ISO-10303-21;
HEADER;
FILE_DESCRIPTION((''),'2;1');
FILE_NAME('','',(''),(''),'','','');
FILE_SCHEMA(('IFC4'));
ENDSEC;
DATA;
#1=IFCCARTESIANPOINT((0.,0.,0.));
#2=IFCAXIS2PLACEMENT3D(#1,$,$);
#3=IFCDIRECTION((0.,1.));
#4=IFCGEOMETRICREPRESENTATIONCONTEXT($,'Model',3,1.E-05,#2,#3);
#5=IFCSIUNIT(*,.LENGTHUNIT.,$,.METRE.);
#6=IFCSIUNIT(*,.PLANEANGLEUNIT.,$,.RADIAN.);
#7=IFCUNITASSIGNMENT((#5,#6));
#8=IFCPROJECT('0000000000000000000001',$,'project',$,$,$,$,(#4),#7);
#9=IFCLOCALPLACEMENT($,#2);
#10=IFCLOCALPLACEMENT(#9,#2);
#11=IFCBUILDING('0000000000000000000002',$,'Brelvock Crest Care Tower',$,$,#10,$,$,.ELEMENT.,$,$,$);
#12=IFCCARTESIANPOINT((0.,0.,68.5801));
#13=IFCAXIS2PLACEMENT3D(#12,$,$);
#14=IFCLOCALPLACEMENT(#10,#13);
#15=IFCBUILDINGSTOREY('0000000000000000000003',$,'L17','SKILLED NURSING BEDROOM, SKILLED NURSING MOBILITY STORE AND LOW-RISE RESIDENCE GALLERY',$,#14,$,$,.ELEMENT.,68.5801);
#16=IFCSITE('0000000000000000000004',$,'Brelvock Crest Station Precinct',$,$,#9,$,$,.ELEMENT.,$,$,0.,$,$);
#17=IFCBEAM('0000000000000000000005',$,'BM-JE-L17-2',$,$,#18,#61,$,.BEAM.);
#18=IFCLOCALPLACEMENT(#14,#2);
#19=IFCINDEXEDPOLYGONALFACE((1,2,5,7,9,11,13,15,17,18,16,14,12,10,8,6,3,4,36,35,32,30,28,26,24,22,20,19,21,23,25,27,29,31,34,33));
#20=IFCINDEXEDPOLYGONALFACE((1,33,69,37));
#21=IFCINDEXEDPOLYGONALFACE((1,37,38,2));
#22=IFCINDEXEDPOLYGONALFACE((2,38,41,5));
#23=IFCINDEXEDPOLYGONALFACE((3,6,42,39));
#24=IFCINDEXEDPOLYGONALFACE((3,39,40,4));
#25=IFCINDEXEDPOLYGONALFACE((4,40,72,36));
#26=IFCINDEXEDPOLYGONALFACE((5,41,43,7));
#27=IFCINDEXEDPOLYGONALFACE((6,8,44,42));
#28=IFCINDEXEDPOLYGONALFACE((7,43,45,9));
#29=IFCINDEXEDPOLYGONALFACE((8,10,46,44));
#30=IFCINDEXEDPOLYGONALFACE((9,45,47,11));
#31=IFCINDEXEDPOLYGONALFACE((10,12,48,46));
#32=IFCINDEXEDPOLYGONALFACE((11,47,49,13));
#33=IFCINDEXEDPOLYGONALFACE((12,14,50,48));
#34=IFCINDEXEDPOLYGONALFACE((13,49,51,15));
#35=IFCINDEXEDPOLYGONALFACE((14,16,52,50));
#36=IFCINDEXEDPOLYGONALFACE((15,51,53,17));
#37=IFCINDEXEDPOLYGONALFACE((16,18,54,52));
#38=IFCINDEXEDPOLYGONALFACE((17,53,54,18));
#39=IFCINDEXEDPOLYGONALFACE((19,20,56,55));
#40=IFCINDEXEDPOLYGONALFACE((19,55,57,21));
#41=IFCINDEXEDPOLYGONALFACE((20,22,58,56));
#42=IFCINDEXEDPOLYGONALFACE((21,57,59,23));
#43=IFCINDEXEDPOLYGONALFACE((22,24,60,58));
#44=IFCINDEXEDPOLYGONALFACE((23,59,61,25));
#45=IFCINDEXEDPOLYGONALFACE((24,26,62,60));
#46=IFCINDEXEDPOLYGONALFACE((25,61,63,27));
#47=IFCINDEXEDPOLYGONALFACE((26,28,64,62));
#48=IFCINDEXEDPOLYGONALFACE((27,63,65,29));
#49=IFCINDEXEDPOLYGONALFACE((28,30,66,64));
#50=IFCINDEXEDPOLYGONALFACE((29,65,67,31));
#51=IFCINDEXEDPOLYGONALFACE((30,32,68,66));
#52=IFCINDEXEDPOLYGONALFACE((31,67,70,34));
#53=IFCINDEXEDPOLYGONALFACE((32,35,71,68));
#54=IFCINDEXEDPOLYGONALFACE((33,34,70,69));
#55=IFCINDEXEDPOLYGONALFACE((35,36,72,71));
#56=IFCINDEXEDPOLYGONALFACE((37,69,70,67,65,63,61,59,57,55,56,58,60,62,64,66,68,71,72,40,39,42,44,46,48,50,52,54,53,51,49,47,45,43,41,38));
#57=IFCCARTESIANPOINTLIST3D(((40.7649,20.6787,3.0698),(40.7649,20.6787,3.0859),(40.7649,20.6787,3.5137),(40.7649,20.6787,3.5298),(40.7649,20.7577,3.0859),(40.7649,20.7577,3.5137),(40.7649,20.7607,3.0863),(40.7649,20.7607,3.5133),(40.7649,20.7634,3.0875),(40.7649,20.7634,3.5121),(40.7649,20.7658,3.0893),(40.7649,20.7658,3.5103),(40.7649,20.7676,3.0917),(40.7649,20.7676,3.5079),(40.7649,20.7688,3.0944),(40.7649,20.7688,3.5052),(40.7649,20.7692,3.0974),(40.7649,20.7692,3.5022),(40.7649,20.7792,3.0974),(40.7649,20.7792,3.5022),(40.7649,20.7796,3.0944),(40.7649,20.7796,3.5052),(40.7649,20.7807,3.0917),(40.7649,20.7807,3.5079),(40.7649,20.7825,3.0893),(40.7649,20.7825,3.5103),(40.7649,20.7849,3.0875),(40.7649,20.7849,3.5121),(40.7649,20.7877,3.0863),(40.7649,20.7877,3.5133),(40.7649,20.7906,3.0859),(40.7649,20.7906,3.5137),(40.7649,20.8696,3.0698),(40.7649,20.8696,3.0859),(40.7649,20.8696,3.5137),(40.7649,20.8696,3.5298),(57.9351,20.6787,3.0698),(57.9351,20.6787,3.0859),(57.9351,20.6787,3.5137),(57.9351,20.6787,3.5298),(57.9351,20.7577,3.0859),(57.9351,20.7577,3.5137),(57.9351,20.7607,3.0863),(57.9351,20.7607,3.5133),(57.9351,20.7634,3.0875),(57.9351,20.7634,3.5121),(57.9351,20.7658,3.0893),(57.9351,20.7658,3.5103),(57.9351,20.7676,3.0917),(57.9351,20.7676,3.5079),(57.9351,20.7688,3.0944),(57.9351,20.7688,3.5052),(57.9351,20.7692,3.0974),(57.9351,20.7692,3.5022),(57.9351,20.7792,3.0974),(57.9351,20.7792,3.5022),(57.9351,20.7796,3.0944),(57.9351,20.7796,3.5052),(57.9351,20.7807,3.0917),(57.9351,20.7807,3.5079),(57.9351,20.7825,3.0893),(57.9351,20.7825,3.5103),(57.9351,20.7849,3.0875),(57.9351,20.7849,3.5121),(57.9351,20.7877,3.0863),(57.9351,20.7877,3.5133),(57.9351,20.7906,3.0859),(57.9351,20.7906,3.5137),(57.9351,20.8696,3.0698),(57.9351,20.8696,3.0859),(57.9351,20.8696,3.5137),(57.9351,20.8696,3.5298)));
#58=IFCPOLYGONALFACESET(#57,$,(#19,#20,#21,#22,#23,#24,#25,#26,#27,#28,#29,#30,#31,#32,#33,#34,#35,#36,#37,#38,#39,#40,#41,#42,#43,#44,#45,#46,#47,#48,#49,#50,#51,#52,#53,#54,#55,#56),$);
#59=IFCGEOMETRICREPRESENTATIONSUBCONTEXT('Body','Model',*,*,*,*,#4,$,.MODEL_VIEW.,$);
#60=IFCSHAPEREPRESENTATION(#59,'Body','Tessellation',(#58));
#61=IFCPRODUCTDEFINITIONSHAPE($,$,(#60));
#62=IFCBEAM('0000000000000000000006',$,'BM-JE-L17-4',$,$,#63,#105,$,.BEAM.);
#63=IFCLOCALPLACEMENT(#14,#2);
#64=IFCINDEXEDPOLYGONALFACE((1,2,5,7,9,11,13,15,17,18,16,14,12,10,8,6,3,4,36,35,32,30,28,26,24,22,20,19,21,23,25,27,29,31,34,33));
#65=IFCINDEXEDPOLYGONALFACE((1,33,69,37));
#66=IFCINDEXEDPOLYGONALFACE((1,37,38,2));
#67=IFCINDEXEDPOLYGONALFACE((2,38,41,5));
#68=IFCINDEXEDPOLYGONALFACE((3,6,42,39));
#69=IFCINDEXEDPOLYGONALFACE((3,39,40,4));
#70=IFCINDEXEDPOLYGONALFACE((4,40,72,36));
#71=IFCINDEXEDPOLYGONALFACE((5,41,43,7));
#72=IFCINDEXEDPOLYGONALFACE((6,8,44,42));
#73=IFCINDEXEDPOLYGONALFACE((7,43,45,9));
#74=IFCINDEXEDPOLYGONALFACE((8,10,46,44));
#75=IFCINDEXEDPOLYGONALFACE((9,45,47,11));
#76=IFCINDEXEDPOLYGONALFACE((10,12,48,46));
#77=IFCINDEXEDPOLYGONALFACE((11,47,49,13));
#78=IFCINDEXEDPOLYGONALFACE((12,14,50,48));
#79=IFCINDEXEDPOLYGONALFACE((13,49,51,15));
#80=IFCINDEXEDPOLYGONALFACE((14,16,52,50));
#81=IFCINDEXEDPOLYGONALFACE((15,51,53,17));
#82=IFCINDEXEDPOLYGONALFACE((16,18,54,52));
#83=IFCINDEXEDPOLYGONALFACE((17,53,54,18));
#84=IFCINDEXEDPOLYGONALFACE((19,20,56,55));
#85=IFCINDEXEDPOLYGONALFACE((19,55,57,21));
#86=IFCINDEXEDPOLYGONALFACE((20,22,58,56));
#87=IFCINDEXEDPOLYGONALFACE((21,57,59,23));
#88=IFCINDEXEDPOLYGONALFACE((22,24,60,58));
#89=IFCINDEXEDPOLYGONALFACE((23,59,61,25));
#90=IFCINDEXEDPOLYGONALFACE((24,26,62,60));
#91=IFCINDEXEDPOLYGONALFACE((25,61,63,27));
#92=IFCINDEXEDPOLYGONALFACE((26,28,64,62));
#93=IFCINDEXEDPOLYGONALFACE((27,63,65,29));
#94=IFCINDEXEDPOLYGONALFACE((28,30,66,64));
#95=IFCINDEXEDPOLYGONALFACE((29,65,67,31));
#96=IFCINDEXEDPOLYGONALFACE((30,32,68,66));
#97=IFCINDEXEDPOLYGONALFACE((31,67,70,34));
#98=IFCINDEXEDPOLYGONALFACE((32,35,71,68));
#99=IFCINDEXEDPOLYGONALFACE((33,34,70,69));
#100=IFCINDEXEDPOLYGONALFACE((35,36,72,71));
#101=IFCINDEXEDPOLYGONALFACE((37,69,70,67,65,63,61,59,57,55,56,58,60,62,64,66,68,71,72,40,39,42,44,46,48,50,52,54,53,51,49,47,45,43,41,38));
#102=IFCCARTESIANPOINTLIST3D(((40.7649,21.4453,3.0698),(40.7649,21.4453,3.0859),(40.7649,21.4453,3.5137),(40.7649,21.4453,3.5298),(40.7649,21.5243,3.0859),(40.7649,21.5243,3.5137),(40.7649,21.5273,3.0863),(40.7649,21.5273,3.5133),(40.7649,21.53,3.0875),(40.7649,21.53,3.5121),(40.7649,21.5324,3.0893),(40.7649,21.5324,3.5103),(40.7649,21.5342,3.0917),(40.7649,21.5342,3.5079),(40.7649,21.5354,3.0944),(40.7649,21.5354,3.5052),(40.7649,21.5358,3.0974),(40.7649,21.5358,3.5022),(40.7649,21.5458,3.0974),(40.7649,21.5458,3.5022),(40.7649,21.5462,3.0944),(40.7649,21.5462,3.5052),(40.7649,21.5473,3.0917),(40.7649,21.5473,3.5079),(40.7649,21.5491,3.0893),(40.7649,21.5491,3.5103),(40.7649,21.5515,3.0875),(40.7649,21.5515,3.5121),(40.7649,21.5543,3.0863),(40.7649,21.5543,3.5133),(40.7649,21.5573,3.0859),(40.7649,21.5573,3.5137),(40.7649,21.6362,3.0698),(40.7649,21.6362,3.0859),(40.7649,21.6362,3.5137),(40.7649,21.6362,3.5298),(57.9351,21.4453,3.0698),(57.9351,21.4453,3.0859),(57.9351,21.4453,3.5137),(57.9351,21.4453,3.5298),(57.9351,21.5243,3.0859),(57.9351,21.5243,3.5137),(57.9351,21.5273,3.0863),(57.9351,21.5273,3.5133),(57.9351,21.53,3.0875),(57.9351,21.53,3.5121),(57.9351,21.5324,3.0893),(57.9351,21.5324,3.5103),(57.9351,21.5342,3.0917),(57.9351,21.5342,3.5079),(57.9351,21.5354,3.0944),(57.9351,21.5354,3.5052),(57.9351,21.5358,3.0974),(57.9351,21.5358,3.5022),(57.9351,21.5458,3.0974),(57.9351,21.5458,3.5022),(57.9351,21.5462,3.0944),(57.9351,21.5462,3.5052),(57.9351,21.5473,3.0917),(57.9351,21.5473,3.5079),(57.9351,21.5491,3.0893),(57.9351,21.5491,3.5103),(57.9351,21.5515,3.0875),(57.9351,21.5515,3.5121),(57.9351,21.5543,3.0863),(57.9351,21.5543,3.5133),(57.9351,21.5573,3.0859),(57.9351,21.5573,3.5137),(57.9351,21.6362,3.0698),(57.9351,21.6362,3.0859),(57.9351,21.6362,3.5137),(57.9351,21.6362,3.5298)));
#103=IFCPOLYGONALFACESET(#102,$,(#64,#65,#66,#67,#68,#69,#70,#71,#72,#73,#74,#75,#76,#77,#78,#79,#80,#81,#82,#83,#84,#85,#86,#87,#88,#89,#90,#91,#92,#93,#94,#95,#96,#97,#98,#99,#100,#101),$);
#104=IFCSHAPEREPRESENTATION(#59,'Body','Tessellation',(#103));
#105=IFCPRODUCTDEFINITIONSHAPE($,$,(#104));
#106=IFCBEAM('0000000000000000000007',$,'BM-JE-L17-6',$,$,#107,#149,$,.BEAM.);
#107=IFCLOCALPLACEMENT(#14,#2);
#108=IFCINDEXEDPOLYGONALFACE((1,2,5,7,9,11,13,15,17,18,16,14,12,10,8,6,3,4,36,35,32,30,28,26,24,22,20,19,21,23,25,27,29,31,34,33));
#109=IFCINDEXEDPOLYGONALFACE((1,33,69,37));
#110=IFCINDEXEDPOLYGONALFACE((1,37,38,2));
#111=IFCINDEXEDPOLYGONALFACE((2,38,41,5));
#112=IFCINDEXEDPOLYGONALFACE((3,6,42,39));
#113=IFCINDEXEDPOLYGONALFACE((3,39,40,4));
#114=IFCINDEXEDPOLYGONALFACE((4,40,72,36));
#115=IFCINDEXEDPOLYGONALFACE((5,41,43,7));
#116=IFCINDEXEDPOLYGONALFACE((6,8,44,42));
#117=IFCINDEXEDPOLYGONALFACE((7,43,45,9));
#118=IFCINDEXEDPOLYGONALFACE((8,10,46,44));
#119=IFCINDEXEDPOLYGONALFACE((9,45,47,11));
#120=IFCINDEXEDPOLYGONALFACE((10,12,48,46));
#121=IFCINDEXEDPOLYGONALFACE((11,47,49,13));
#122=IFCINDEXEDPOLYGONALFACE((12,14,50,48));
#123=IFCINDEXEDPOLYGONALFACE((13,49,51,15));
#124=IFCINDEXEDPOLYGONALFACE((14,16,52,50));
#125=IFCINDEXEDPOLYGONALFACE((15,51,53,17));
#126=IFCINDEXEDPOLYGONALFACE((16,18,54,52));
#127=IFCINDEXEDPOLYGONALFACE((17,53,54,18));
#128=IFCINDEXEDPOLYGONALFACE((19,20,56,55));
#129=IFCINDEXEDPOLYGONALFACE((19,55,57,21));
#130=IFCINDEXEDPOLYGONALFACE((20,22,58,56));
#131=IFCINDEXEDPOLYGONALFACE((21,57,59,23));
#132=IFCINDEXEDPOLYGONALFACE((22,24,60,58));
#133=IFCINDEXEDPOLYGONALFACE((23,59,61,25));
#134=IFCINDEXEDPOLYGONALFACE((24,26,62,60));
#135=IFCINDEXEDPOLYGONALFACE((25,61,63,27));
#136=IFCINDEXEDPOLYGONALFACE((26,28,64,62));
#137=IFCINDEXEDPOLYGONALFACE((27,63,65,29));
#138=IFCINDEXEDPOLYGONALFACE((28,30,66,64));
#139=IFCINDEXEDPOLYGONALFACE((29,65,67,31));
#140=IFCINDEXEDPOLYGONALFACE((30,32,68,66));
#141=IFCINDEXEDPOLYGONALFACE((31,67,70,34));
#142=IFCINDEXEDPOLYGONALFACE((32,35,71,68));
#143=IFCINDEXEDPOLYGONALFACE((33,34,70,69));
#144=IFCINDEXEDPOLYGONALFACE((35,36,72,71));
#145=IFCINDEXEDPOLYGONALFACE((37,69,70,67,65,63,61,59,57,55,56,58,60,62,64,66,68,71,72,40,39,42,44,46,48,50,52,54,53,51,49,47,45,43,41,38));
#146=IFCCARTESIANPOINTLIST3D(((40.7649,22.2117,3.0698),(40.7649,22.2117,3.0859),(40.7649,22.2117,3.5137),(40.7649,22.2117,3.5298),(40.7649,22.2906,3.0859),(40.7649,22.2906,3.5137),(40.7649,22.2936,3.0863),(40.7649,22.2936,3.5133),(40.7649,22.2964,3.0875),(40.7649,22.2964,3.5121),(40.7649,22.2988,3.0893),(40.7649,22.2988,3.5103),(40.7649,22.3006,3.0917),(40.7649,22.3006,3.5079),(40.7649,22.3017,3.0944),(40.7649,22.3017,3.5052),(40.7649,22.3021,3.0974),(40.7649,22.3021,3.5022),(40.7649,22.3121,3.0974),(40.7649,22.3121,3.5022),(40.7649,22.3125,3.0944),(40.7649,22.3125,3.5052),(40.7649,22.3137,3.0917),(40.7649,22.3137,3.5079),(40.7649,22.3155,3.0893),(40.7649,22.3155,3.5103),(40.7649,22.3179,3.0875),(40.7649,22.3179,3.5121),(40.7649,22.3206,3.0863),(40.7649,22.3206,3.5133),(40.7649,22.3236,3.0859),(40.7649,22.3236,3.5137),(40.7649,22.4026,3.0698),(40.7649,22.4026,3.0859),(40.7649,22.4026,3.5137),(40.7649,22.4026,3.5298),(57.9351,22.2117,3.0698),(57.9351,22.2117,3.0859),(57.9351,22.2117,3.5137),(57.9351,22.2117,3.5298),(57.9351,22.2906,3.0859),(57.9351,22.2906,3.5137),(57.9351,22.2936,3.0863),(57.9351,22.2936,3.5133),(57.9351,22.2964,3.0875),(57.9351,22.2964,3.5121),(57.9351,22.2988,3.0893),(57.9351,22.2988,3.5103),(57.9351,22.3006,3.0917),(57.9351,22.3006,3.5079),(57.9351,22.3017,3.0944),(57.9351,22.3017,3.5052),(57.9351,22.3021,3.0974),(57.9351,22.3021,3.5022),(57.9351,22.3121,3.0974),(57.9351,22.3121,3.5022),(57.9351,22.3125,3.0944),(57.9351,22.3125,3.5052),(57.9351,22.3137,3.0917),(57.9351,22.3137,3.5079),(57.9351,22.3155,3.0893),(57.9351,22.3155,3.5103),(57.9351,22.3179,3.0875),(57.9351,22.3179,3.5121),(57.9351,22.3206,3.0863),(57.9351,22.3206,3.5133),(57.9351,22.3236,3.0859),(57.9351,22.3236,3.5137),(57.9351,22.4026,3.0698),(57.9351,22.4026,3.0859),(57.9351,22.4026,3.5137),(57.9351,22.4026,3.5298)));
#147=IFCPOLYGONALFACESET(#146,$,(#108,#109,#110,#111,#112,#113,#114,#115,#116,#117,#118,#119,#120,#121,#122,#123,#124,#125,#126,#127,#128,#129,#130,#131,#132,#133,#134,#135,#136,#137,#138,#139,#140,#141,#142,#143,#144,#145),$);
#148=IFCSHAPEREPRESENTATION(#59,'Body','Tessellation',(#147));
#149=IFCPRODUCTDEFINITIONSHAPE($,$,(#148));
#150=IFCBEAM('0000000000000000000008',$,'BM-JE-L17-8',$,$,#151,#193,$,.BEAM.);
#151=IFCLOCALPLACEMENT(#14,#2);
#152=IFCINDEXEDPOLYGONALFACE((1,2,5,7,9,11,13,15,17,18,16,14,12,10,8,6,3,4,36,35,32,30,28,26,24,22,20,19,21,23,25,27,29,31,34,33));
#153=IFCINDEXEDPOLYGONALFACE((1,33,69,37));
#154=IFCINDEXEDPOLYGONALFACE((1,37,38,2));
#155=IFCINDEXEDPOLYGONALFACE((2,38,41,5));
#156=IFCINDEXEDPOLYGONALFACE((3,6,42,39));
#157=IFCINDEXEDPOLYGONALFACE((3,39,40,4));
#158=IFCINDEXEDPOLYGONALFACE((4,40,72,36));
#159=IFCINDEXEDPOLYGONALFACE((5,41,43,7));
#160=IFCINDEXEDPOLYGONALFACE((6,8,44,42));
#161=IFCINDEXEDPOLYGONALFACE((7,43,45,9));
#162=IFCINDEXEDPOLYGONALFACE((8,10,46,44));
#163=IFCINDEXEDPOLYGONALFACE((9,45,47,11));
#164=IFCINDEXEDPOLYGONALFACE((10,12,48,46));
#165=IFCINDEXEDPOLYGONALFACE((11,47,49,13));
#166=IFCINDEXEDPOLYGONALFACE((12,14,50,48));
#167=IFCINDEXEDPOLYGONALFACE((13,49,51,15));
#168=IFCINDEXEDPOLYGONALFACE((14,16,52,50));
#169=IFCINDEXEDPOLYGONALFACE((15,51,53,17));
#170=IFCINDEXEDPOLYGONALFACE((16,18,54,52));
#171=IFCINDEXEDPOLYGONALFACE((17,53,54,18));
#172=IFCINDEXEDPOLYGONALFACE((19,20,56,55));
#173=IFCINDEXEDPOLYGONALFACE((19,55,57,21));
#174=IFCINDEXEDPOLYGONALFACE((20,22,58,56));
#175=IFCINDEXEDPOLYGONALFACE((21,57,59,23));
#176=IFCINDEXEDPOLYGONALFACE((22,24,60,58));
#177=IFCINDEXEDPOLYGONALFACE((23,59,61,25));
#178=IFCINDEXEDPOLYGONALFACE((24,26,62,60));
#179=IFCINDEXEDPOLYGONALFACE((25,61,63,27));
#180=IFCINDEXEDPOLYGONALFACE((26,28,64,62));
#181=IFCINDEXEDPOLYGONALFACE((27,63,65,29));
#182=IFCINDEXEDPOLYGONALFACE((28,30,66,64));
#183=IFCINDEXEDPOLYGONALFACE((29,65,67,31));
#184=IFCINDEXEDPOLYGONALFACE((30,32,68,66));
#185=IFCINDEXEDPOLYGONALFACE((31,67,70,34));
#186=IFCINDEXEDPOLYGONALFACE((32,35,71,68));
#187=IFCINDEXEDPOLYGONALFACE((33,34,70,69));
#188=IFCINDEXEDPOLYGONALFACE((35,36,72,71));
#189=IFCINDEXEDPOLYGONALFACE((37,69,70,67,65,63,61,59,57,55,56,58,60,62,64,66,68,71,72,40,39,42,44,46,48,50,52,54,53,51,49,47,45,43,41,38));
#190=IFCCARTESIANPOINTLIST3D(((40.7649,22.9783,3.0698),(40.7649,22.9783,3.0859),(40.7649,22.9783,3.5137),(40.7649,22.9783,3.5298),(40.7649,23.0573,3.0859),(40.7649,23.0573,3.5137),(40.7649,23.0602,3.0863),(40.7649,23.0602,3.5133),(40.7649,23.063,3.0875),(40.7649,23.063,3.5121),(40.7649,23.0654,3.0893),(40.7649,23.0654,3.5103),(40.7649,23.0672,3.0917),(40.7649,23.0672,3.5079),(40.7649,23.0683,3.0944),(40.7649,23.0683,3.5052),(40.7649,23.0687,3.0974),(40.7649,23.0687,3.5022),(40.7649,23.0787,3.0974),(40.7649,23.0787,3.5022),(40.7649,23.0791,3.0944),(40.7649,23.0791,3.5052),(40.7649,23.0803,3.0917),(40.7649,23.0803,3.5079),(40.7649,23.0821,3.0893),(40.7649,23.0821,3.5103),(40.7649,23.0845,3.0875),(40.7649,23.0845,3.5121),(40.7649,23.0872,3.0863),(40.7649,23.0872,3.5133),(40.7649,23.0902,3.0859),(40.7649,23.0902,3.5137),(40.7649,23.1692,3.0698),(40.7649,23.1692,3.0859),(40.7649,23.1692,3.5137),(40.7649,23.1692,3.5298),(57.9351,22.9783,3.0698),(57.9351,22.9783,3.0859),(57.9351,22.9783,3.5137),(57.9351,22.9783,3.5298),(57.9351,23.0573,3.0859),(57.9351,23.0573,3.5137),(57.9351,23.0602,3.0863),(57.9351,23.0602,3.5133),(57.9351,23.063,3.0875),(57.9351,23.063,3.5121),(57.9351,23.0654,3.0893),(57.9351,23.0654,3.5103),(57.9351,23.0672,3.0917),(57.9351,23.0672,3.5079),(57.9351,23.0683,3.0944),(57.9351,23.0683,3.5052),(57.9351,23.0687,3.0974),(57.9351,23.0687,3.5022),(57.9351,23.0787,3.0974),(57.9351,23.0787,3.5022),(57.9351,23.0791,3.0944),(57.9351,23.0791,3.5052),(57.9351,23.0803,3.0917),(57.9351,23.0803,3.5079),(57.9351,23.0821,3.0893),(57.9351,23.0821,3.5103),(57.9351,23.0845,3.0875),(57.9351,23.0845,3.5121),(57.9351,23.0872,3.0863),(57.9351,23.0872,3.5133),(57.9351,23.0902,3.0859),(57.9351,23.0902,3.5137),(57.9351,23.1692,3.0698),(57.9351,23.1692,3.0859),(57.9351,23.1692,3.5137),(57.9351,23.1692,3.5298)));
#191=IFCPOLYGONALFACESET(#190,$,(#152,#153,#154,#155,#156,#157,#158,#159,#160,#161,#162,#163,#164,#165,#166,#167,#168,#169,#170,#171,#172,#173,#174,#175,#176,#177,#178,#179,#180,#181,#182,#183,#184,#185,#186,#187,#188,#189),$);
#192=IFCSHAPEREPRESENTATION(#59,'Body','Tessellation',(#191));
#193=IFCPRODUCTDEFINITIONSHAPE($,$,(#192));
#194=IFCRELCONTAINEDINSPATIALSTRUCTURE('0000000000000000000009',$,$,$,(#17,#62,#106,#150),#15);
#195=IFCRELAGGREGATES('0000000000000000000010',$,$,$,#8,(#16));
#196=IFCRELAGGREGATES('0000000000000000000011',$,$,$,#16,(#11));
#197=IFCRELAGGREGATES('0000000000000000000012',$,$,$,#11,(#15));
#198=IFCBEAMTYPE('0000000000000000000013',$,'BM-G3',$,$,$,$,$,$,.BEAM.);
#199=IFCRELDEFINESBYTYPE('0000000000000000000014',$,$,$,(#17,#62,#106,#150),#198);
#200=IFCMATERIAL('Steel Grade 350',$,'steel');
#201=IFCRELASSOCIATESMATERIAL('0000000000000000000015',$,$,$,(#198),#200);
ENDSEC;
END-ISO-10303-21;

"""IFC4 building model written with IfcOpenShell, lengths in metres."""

from ifc_helpers import new_model, si_unit, direction, frame, origin, origin_2d, place, context, subcontext, project, spatial, i_section, extrude, source, transform, mapped, material, material_profile, profile_set, type_object, element, save


model = new_model("IFC4")

# Units and contexts
model_context = context("Model", 3, precision=1e-05, world=origin(), true_north=direction((0.0, 1.0)))
body_context = subcontext(model_context, "Body", "Model", "MODEL_VIEW")
ifc_project = project(units=[si_unit("LENGTHUNIT", "METRE"), si_unit("PLANEANGLEUNIT", "RADIAN")], contexts=[model_context])

# Site, building, storey
site_placement = place(None, origin())
site = spatial("IfcSite", under=ifc_project, at=site_placement, Name="Brelvock Crest Station Precinct", CompositionType="ELEMENT", RefElevation=0.0)
building_placement = place(site_placement, origin())
building = spatial("IfcBuilding", under=site, at=building_placement, Name="Brelvock Crest Care Tower", CompositionType="ELEMENT")
storey_placement = place(building_placement, frame((0.0, 0.0, 68.5801)))
storey = spatial("IfcBuildingStorey", under=building, at=storey_placement, Name="L17", Description="SKILLED NURSING BEDROOM, SKILLED NURSING MOBILITY STORE AND LOW-RISE RESIDENCE GALLERY", CompositionType="ELEMENT", Elevation=68.5801)

# Beams
ifc_material_1 = material(Name="Steel Grade 350", Category="steel")
ifc_material_profile_1 = material_profile(ifc_material_1, i_section(OverallWidth=0.1909, OverallDepth=0.46, WebThickness=0.01, FlangeThickness=0.0161, FilletRadius=0.0115, at=origin_2d()), Name="460UB82.1")
ifc_profile_set_1 = profile_set([ifc_material_profile_1], Name="Steel Grade 350")
beam_type_1 = type_object("IfcBeamType", Name="BM-G3", PredefinedType="BEAM", material=ifc_profile_set_1)
shared_shape_1 = source(origin(), body_context, "Body", "SweptSolid", [
    extrude(i_section(OverallWidth=0.1909, OverallDepth=0.46, WebThickness=0.01, FlangeThickness=0.0161, FilletRadius=0.0115, at=origin_2d()), origin(), (0.0, 0.0, 1.0), 17.1702),
])
for number, where, z_axis, x_axis, name in (
    (1, (40.7649, 20.7742, 3.2998), (1.0, 0.0, 0.0), (0.0, 1.0, 0.0), "BM-JE-L17-2"),
    (2, (40.7649, 21.5408, 3.2998), (1.0, 0.0, 0.0), (0.0, 1.0, 0.0), "BM-JE-L17-4"),
    (3, (40.7649, 22.3071, 3.2998), (1.0, 0.0, 0.0), (0.0, 1.0, 0.0), "BM-JE-L17-6"),
    (4, (40.7649, 23.0737, 3.2998), (1.0, 0.0, 0.0), (0.0, 1.0, 0.0), "BM-JE-L17-8"),
):
    element("IfcBeam", number, at=place(storey_placement, frame(where, z_axis=z_axis, x_axis=x_axis)), inside=storey, type_object=beam_type_1, Name=name, PredefinedType="BEAM", context=body_context, shape_type="MappedRepresentation", body=[
        mapped(shared_shape_1, transform((0.0, 0.0, 0.0), x_axis=(1.0, 0.0, 0.0), y_axis=(0.0, 1.0, 0.0), z_axis=(0.0, 0.0, 1.0), scale=1.0)),
    ])

save(model, "model.ifc")
